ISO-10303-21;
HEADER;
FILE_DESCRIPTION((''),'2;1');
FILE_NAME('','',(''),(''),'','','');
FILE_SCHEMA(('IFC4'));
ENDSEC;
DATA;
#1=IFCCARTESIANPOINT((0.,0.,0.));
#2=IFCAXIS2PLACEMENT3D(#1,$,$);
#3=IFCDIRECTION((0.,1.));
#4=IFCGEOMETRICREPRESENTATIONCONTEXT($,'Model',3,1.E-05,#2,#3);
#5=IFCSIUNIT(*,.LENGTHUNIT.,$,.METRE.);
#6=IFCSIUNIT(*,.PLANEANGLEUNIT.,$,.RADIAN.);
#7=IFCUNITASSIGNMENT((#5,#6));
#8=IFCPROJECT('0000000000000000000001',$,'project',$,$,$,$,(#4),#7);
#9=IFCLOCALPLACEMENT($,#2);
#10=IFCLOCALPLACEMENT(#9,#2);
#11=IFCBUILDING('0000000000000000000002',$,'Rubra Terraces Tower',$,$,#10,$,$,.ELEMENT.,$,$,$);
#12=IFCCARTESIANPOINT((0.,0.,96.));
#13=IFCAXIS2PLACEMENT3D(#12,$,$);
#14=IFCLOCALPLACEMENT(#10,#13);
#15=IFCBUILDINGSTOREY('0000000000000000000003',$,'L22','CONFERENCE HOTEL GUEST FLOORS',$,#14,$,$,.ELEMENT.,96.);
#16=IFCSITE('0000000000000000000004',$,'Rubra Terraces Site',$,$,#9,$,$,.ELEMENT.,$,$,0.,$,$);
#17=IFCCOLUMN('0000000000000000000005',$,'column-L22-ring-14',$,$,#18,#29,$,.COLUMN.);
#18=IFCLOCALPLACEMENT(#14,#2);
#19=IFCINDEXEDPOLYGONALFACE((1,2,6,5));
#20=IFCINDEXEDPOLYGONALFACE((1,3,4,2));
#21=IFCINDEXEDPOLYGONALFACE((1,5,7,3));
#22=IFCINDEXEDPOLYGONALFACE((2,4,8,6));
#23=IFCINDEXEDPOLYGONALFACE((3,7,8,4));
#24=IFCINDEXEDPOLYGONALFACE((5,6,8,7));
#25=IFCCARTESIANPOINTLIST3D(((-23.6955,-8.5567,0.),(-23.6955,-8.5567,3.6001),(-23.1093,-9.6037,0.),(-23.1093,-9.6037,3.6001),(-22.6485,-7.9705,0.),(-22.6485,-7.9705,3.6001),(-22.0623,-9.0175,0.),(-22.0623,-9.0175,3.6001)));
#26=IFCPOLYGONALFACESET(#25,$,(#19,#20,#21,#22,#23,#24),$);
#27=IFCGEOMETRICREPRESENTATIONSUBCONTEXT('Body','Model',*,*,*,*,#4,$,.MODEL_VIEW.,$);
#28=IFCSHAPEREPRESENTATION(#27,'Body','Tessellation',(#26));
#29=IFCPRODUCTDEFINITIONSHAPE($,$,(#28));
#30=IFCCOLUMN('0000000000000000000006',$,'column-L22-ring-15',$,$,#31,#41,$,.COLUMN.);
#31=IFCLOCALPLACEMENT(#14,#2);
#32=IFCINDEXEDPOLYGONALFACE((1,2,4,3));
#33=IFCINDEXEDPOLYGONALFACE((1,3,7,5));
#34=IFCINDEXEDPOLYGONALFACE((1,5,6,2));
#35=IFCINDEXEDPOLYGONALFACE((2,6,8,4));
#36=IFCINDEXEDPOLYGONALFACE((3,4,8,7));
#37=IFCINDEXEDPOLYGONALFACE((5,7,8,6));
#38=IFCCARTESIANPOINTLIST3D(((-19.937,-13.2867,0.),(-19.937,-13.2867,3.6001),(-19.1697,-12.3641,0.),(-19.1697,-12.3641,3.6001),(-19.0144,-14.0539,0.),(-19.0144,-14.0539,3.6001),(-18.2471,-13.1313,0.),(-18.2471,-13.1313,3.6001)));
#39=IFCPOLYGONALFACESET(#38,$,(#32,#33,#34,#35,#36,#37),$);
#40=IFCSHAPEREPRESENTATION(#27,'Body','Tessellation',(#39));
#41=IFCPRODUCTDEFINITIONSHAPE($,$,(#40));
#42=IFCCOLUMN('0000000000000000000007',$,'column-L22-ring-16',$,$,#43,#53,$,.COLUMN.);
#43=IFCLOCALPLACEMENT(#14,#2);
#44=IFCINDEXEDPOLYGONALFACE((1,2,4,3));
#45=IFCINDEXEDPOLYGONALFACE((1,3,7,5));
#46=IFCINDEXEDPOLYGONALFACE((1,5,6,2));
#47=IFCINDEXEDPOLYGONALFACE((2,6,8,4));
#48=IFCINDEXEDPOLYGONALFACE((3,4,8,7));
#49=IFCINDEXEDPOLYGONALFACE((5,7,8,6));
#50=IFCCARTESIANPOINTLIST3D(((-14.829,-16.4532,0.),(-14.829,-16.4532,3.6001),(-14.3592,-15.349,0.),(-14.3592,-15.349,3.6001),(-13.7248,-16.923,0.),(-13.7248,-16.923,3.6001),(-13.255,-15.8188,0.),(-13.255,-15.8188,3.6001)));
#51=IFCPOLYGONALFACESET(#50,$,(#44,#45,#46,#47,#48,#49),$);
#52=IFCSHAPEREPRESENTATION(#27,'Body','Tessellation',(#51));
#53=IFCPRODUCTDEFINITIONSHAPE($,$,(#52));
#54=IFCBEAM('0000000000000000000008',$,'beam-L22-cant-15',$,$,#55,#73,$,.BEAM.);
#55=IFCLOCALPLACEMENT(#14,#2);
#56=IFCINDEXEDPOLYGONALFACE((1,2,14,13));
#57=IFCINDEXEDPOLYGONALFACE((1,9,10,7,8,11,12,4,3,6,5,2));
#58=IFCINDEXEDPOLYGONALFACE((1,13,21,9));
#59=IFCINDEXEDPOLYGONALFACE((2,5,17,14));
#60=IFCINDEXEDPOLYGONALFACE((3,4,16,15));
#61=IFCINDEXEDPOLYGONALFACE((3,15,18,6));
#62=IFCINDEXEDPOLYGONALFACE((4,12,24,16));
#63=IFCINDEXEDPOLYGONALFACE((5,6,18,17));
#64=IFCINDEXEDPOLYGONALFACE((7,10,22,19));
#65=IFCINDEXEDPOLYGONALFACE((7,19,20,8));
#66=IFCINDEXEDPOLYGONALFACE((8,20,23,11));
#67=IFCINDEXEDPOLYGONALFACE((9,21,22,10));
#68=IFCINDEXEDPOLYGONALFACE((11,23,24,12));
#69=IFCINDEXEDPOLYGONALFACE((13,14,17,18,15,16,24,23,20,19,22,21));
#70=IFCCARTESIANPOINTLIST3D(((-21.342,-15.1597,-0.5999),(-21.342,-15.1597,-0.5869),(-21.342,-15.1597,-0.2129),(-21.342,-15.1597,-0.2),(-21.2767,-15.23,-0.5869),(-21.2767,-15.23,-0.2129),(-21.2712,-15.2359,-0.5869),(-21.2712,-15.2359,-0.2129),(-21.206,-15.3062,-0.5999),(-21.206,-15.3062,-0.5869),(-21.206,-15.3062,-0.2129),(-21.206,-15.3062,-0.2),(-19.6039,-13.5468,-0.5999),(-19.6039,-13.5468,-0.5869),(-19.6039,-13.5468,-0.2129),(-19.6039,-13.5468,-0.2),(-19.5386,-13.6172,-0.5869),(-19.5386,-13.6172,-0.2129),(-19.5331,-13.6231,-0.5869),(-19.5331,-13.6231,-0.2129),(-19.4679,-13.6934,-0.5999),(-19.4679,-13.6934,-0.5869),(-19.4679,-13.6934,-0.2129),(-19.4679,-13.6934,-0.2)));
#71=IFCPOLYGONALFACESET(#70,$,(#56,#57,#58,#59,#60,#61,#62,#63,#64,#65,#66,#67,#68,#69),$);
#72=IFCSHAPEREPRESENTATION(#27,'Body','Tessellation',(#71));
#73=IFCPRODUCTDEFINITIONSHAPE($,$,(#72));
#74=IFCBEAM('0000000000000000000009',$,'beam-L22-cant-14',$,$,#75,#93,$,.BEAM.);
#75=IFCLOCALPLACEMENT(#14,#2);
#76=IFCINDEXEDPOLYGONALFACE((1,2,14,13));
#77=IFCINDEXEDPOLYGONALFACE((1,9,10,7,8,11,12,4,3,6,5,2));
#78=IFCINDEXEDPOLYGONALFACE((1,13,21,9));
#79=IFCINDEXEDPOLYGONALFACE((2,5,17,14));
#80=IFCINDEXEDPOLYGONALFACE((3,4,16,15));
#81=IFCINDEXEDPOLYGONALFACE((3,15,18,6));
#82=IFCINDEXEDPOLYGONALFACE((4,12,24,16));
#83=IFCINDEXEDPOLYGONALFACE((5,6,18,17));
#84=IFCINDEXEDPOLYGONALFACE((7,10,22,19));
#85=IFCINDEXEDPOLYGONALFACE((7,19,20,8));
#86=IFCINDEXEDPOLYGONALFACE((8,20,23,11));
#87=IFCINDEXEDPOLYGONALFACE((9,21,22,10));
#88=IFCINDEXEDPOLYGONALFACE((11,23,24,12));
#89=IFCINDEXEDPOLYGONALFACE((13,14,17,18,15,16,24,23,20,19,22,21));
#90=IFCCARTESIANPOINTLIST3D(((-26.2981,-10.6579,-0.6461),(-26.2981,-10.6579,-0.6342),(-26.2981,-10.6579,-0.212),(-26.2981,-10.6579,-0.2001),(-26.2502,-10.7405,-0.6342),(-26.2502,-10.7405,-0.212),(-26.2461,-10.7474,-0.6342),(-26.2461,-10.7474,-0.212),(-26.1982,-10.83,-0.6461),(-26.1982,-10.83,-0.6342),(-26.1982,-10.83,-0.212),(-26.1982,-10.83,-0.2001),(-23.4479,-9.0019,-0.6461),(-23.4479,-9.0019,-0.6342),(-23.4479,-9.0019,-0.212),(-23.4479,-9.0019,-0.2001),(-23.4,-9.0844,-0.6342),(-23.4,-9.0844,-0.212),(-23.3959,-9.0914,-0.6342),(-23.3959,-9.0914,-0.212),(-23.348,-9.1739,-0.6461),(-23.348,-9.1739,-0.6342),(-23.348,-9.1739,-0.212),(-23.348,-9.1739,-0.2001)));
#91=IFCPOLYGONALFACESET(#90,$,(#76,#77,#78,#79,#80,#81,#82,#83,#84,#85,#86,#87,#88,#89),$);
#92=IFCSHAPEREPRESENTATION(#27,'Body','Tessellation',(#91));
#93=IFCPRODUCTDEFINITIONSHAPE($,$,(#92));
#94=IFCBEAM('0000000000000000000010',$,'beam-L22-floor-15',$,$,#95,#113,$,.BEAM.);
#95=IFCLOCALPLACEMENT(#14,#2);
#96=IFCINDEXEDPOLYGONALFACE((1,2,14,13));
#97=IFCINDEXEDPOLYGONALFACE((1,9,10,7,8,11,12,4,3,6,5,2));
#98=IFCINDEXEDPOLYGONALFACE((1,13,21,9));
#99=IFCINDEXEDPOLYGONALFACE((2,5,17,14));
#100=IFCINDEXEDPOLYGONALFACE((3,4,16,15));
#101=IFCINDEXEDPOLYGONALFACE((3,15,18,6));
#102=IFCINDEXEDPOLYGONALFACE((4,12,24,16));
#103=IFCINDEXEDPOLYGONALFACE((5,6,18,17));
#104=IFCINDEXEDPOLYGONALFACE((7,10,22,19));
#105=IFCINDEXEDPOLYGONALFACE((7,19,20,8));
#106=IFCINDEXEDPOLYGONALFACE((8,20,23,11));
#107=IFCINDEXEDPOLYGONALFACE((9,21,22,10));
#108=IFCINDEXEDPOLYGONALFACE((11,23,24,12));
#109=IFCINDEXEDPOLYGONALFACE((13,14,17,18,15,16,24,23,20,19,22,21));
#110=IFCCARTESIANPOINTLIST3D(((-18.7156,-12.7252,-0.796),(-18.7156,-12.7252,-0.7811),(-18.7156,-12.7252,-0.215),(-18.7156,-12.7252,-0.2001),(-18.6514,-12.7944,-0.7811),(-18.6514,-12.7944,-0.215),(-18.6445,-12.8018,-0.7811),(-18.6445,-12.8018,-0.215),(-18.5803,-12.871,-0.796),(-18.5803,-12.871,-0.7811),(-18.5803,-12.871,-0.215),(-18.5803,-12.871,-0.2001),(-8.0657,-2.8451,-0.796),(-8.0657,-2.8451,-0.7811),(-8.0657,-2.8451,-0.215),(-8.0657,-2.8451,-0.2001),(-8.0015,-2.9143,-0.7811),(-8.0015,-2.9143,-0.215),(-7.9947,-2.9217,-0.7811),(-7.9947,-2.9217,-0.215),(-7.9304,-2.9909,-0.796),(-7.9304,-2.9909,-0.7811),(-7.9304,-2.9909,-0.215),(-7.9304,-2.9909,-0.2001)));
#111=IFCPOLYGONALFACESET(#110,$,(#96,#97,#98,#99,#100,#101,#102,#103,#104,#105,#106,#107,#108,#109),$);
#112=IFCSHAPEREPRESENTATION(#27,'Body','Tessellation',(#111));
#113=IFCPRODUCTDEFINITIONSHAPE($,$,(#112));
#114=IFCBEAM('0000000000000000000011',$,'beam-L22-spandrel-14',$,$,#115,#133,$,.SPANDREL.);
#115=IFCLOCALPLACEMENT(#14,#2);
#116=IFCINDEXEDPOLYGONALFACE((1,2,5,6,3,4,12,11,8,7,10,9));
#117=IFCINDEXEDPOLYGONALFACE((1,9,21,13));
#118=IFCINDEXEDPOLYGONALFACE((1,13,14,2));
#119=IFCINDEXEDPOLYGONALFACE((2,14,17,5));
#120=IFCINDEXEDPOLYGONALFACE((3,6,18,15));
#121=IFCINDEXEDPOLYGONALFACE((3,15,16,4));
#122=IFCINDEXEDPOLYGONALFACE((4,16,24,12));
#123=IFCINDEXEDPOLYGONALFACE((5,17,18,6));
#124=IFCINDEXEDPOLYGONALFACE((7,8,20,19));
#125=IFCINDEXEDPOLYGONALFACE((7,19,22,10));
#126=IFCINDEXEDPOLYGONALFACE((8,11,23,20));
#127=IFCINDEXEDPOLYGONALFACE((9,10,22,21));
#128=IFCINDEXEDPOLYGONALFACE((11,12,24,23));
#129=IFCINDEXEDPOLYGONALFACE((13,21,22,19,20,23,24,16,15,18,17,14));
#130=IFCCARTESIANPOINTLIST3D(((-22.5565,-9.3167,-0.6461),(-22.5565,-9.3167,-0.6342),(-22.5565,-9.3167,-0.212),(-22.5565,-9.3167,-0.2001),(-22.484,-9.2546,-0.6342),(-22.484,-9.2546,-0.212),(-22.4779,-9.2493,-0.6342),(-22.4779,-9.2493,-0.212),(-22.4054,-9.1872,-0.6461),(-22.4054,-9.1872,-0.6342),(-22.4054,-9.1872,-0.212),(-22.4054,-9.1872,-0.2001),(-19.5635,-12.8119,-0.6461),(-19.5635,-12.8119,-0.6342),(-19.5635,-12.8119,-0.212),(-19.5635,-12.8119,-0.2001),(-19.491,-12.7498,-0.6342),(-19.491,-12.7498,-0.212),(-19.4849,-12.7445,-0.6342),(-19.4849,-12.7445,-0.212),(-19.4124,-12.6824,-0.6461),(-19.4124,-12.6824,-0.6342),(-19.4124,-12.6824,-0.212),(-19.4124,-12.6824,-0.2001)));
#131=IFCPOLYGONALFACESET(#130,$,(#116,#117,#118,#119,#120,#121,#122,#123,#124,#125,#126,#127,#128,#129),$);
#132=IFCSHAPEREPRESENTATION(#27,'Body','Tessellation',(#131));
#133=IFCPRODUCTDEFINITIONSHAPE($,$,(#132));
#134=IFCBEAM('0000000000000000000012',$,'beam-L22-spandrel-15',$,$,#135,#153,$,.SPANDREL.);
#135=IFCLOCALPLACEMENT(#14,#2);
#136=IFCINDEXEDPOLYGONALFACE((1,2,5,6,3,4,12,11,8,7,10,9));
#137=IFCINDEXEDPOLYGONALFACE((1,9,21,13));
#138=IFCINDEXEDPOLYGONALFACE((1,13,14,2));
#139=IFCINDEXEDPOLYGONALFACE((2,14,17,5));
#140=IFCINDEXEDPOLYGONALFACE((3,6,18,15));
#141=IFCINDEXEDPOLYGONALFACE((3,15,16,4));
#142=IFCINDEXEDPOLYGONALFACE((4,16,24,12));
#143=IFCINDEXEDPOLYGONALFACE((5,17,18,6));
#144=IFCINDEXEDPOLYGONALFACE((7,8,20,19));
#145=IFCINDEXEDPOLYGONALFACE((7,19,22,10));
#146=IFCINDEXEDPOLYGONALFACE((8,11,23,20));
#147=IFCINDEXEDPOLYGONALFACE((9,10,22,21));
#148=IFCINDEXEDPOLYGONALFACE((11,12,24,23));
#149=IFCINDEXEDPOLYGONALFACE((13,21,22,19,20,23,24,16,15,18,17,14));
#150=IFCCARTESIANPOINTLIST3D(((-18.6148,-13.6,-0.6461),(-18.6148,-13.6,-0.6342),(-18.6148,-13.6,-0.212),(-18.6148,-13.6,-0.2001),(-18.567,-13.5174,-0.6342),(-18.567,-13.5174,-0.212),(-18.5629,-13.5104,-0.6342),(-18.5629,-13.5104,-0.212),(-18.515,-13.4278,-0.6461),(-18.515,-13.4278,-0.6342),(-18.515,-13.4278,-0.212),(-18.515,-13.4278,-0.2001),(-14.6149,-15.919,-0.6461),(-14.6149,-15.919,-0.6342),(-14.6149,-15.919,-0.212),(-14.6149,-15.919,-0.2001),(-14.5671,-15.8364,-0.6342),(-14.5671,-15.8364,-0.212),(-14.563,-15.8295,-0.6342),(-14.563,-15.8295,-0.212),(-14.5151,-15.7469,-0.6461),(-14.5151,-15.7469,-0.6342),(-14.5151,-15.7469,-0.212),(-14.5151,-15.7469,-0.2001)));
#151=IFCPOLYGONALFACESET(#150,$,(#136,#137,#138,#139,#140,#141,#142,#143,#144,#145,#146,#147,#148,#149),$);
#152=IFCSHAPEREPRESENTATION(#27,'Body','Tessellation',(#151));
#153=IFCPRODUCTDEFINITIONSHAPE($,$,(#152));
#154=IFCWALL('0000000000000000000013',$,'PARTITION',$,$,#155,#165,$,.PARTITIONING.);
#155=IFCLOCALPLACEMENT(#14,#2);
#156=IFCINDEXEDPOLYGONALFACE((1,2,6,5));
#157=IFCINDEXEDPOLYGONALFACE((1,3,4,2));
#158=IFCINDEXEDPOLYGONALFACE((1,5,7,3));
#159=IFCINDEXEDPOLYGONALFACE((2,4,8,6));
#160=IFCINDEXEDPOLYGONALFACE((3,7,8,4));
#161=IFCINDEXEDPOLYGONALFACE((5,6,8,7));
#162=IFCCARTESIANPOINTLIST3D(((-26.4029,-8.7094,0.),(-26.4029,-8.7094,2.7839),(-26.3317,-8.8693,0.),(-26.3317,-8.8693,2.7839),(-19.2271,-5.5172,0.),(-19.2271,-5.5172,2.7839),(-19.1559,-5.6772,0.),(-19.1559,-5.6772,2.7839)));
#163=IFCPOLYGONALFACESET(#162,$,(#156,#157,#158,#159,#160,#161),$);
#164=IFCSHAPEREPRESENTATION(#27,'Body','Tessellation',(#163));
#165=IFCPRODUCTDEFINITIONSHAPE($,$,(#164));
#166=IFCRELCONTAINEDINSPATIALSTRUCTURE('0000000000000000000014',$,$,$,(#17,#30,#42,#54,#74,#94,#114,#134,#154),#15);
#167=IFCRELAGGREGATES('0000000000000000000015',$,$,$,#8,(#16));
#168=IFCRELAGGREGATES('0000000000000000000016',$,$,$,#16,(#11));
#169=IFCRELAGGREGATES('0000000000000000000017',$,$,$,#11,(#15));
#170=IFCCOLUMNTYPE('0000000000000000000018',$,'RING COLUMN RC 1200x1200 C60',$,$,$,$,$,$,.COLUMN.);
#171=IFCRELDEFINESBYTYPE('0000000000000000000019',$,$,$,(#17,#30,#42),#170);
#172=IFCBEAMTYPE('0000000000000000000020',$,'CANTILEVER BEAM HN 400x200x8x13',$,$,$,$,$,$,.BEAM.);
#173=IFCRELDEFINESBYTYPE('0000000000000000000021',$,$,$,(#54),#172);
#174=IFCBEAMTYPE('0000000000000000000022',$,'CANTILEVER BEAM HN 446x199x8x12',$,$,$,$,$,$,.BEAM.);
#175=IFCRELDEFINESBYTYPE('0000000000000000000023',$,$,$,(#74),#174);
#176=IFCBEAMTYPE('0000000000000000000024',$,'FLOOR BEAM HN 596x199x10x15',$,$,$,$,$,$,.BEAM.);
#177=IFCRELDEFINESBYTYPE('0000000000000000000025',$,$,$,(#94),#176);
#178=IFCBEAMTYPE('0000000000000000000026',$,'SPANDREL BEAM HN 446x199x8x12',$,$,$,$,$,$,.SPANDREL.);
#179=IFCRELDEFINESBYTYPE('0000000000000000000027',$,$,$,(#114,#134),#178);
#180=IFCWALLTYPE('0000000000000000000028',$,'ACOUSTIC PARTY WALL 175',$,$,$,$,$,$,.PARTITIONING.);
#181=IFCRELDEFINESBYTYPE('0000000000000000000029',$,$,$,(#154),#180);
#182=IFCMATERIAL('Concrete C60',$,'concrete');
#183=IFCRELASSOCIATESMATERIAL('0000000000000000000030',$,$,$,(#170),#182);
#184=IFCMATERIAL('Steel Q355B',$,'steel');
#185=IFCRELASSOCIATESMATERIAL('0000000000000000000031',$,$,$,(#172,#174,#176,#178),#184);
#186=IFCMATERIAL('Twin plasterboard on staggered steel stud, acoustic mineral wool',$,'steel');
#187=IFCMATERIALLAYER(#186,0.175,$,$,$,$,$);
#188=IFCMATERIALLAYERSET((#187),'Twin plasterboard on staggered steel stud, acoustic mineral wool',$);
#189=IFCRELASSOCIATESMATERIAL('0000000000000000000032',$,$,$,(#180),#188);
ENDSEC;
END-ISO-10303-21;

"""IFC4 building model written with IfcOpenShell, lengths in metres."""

from ifc_helpers import new_model, si_unit, direction, frame, frame_2d, origin, origin_2d, place, context, subcontext, project, spatial, rectangle, i_section, extrude, material, layer, layer_set, material_profile, profile_set, type_object, element, save


model = new_model("IFC4")

# Units and contexts
model_context = context("Model", 3, precision=1e-05, world=origin(), true_north=direction((0.0, 1.0)))
body_context = subcontext(model_context, "Body", "Model", "MODEL_VIEW")
ifc_project = project(units=[si_unit("LENGTHUNIT", "METRE"), si_unit("PLANEANGLEUNIT", "RADIAN")], contexts=[model_context])

# Site, building, storey
site_placement = place(None, origin())
site = spatial("IfcSite", under=ifc_project, at=site_placement, Name="Rubra Terraces Site", CompositionType="ELEMENT", RefElevation=0.0)
building_placement = place(site_placement, origin())
building = spatial("IfcBuilding", under=site, at=building_placement, Name="Rubra Terraces Tower", CompositionType="ELEMENT")
storey_placement = place(building_placement, frame((0.0, 0.0, 96.0)))
storey = spatial("IfcBuildingStorey", under=building, at=storey_placement, Name="L22", Description="CONFERENCE HOTEL GUEST FLOORS", CompositionType="ELEMENT", Elevation=96.0)

# Columns
ifc_material_1 = material(Name="Concrete C60", Category="concrete")
ifc_material_profile_1 = material_profile(ifc_material_1, rectangle(XDim=1.2, YDim=1.2, at=origin_2d()), Name="RC 1200x1200")
ifc_profile_set_1 = profile_set([ifc_material_profile_1], Name="Concrete C60")
column_type = type_object("IfcColumnType", Name="RING COLUMN RC 1200x1200 C60", PredefinedType="COLUMN", material=ifc_profile_set_1)
for number, where, z_axis, x_axis, name in (
    (1, (-22.8789, -8.7871, 0.0), (0.0, 0.0, 1.0), (0.488526, -0.872549, 0.0), "column-L22-ring-14"),
    (2, (-19.092, -13.209, 0.0), (0.0, 0.0, 1.0), (0.76887, -0.639405, 0.0), "column-L22-ring-15"),
    (3, (-14.042, -16.136, 0.0), (0.0, 0.0, 1.0), (0.920168, -0.391524, 0.0), "column-L22-ring-16"),
):
    element("IfcColumn", number, at=place(storey_placement, frame(where, z_axis=z_axis, x_axis=x_axis)), inside=storey, type_object=column_type, Name=name, PredefinedType="COLUMN", context=body_context, shape_type="SweptSolid", body=[
        extrude(rectangle(XDim=1.2, YDim=1.2, at=origin_2d()), origin(), (0.0, 0.0, 1.0), 3.6001),
    ])

# Beams
ifc_material_2 = material(Name="Steel Q355B", Category="steel")
ifc_material_profile_2 = material_profile(ifc_material_2, i_section(OverallWidth=0.2, OverallDepth=0.3999, WebThickness=0.0081, FlangeThickness=0.0129, at=origin_2d()), Name="HN 400x200x8x13")
ifc_profile_set_2 = profile_set([ifc_material_profile_2], Name="Steel Q355B")
beam_type_1 = type_object("IfcBeamType", Name="CANTILEVER BEAM HN 400x200x8x13", PredefinedType="BEAM", material=ifc_profile_set_2)
beam_1_placement = place(storey_placement, frame((-19.5359, -13.6201, -0.3999), z_axis=(-0.733024, -0.680202, 0.0), x_axis=(0.680202, -0.733024, 0.0)))
element("IfcBeam", 4, at=beam_1_placement, inside=storey, type_object=beam_type_1, Name="beam-L22-cant-15", PredefinedType="BEAM", context=body_context, shape_type="SweptSolid", body=[
    extrude(i_section(OverallWidth=0.2, OverallDepth=0.3999, WebThickness=0.0081, FlangeThickness=0.0129, at=origin_2d()), origin(), (0.0, 0.0, 1.0), 2.3711),
])
ifc_material_profile_3 = material_profile(ifc_material_2, i_section(OverallWidth=0.199, OverallDepth=0.446, WebThickness=0.0081, FlangeThickness=0.012, at=origin_2d()), Name="HN 446x199x8x12")
ifc_profile_set_3 = profile_set([ifc_material_profile_3], Name="Steel Q355B")
beam_type_2 = type_object("IfcBeamType", Name="CANTILEVER BEAM HN 446x199x8x12", PredefinedType="BEAM", material=ifc_profile_set_3)
beam_2_placement = place(storey_placement, frame((-23.3979, -9.0879, -0.4231), z_axis=(-0.864643, -0.502387, 0.0), x_axis=(0.502387, -0.864643, 0.0)))
element("IfcBeam", 5, at=beam_2_placement, inside=storey, type_object=beam_type_2, Name="beam-L22-cant-14", PredefinedType="BEAM", context=body_context, shape_type="SweptSolid", body=[
    extrude(i_section(OverallWidth=0.199, OverallDepth=0.446, WebThickness=0.0081, FlangeThickness=0.012, at=origin_2d()), origin(), (0.0, 0.0, 1.0), 3.2964),
])
ifc_material_profile_4 = material_profile(ifc_material_2, i_section(OverallWidth=0.199, OverallDepth=0.5959, WebThickness=0.01, FlangeThickness=0.0149, at=origin_2d()), Name="HN 596x199x10x15")
ifc_profile_set_4 = profile_set([ifc_material_profile_4], Name="Steel Q355B")
beam_type_3 = type_object("IfcBeamType", Name="FLOOR BEAM HN 596x199x10x15", PredefinedType="BEAM", material=ifc_profile_set_4)
beam_3_placement = place(storey_placement, frame((-18.6479, -12.7981, -0.498), z_axis=(0.733105, 0.680116, 0.0), x_axis=(-0.680116, 0.733105, 0.0)))
element("IfcBeam", 6, at=beam_3_placement, inside=storey, type_object=beam_type_3, Name="beam-L22-floor-15", PredefinedType="BEAM", context=body_context, shape_type="SweptSolid", body=[
    extrude(i_section(OverallWidth=0.199, OverallDepth=0.5959, WebThickness=0.01, FlangeThickness=0.0149, at=origin_2d()), origin(), (0.0, 0.0, 1.0), 14.5271),
])
ifc_material_profile_5 = material_profile(ifc_material_2, i_section(OverallWidth=0.199, OverallDepth=0.446, WebThickness=0.0081, FlangeThickness=0.012, at=origin_2d()), Name="HN 446x199x8x12")
ifc_profile_set_5 = profile_set([ifc_material_profile_5], Name="Steel Q355B")
beam_type_4 = type_object("IfcBeamType", Name="SPANDREL BEAM HN 446x199x8x12", PredefinedType="SPANDREL", material=ifc_profile_set_5)
beam_4_placement = place(storey_placement, frame((-22.481, -9.252, -0.4231), z_axis=(0.650429, -0.759567, 0.0), x_axis=(0.759567, 0.650429, 0.0)))
element("IfcBeam", 7, at=beam_4_placement, inside=storey, type_object=beam_type_4, Name="beam-L22-spandrel-14", PredefinedType="SPANDREL", context=body_context, shape_type="SweptSolid", body=[
    extrude(i_section(OverallWidth=0.199, OverallDepth=0.446, WebThickness=0.0081, FlangeThickness=0.012, at=origin_2d()), origin(), (0.0, 0.0, 1.0), 4.6016),
])
beam_5_placement = place(storey_placement, frame((-18.5649, -13.5139, -0.4231), z_axis=(0.865116, -0.501571, 0.0), x_axis=(0.501571, 0.865116, 0.0)))
element("IfcBeam", 8, at=beam_5_placement, inside=storey, type_object=beam_type_4, Name="beam-L22-spandrel-15", PredefinedType="SPANDREL", context=body_context, shape_type="SweptSolid", body=[
    extrude(i_section(OverallWidth=0.199, OverallDepth=0.446, WebThickness=0.0081, FlangeThickness=0.012, at=origin_2d()), origin(), (0.0, 0.0, 1.0), 4.6235),
])

# Wall
ifc_material_3 = material(Name="Twin plasterboard on staggered steel stud, acoustic mineral wool", Category="steel")
ifc_layer_1 = layer(ifc_material_3, 0.175)
ifc_layer_set_1 = layer_set([ifc_layer_1], Name="Twin plasterboard on staggered steel stud, acoustic mineral wool")
wall_type_1 = type_object("IfcWallType", Name="ACOUSTIC PARTY WALL 175", PredefinedType="PARTITIONING", material=ifc_layer_set_1)
wall_1_placement = place(storey_placement, frame((-26.3672, -8.7893, 0.0), z_axis=(0.0, 0.0, 1.0), x_axis=(0.913674, 0.406447, 0.0)))
element("IfcWall", 9, at=wall_1_placement, inside=storey, type_object=wall_type_1, Name="PARTITION", PredefinedType="PARTITIONING", context=body_context, shape_type="SweptSolid", body=[
    extrude(rectangle(XDim=7.8538, YDim=0.175, at=frame_2d((3.9268, 0.0))), origin(), (0.0, 0.0, 1.0), 2.7839),
])

save(model, "model.ifc")
